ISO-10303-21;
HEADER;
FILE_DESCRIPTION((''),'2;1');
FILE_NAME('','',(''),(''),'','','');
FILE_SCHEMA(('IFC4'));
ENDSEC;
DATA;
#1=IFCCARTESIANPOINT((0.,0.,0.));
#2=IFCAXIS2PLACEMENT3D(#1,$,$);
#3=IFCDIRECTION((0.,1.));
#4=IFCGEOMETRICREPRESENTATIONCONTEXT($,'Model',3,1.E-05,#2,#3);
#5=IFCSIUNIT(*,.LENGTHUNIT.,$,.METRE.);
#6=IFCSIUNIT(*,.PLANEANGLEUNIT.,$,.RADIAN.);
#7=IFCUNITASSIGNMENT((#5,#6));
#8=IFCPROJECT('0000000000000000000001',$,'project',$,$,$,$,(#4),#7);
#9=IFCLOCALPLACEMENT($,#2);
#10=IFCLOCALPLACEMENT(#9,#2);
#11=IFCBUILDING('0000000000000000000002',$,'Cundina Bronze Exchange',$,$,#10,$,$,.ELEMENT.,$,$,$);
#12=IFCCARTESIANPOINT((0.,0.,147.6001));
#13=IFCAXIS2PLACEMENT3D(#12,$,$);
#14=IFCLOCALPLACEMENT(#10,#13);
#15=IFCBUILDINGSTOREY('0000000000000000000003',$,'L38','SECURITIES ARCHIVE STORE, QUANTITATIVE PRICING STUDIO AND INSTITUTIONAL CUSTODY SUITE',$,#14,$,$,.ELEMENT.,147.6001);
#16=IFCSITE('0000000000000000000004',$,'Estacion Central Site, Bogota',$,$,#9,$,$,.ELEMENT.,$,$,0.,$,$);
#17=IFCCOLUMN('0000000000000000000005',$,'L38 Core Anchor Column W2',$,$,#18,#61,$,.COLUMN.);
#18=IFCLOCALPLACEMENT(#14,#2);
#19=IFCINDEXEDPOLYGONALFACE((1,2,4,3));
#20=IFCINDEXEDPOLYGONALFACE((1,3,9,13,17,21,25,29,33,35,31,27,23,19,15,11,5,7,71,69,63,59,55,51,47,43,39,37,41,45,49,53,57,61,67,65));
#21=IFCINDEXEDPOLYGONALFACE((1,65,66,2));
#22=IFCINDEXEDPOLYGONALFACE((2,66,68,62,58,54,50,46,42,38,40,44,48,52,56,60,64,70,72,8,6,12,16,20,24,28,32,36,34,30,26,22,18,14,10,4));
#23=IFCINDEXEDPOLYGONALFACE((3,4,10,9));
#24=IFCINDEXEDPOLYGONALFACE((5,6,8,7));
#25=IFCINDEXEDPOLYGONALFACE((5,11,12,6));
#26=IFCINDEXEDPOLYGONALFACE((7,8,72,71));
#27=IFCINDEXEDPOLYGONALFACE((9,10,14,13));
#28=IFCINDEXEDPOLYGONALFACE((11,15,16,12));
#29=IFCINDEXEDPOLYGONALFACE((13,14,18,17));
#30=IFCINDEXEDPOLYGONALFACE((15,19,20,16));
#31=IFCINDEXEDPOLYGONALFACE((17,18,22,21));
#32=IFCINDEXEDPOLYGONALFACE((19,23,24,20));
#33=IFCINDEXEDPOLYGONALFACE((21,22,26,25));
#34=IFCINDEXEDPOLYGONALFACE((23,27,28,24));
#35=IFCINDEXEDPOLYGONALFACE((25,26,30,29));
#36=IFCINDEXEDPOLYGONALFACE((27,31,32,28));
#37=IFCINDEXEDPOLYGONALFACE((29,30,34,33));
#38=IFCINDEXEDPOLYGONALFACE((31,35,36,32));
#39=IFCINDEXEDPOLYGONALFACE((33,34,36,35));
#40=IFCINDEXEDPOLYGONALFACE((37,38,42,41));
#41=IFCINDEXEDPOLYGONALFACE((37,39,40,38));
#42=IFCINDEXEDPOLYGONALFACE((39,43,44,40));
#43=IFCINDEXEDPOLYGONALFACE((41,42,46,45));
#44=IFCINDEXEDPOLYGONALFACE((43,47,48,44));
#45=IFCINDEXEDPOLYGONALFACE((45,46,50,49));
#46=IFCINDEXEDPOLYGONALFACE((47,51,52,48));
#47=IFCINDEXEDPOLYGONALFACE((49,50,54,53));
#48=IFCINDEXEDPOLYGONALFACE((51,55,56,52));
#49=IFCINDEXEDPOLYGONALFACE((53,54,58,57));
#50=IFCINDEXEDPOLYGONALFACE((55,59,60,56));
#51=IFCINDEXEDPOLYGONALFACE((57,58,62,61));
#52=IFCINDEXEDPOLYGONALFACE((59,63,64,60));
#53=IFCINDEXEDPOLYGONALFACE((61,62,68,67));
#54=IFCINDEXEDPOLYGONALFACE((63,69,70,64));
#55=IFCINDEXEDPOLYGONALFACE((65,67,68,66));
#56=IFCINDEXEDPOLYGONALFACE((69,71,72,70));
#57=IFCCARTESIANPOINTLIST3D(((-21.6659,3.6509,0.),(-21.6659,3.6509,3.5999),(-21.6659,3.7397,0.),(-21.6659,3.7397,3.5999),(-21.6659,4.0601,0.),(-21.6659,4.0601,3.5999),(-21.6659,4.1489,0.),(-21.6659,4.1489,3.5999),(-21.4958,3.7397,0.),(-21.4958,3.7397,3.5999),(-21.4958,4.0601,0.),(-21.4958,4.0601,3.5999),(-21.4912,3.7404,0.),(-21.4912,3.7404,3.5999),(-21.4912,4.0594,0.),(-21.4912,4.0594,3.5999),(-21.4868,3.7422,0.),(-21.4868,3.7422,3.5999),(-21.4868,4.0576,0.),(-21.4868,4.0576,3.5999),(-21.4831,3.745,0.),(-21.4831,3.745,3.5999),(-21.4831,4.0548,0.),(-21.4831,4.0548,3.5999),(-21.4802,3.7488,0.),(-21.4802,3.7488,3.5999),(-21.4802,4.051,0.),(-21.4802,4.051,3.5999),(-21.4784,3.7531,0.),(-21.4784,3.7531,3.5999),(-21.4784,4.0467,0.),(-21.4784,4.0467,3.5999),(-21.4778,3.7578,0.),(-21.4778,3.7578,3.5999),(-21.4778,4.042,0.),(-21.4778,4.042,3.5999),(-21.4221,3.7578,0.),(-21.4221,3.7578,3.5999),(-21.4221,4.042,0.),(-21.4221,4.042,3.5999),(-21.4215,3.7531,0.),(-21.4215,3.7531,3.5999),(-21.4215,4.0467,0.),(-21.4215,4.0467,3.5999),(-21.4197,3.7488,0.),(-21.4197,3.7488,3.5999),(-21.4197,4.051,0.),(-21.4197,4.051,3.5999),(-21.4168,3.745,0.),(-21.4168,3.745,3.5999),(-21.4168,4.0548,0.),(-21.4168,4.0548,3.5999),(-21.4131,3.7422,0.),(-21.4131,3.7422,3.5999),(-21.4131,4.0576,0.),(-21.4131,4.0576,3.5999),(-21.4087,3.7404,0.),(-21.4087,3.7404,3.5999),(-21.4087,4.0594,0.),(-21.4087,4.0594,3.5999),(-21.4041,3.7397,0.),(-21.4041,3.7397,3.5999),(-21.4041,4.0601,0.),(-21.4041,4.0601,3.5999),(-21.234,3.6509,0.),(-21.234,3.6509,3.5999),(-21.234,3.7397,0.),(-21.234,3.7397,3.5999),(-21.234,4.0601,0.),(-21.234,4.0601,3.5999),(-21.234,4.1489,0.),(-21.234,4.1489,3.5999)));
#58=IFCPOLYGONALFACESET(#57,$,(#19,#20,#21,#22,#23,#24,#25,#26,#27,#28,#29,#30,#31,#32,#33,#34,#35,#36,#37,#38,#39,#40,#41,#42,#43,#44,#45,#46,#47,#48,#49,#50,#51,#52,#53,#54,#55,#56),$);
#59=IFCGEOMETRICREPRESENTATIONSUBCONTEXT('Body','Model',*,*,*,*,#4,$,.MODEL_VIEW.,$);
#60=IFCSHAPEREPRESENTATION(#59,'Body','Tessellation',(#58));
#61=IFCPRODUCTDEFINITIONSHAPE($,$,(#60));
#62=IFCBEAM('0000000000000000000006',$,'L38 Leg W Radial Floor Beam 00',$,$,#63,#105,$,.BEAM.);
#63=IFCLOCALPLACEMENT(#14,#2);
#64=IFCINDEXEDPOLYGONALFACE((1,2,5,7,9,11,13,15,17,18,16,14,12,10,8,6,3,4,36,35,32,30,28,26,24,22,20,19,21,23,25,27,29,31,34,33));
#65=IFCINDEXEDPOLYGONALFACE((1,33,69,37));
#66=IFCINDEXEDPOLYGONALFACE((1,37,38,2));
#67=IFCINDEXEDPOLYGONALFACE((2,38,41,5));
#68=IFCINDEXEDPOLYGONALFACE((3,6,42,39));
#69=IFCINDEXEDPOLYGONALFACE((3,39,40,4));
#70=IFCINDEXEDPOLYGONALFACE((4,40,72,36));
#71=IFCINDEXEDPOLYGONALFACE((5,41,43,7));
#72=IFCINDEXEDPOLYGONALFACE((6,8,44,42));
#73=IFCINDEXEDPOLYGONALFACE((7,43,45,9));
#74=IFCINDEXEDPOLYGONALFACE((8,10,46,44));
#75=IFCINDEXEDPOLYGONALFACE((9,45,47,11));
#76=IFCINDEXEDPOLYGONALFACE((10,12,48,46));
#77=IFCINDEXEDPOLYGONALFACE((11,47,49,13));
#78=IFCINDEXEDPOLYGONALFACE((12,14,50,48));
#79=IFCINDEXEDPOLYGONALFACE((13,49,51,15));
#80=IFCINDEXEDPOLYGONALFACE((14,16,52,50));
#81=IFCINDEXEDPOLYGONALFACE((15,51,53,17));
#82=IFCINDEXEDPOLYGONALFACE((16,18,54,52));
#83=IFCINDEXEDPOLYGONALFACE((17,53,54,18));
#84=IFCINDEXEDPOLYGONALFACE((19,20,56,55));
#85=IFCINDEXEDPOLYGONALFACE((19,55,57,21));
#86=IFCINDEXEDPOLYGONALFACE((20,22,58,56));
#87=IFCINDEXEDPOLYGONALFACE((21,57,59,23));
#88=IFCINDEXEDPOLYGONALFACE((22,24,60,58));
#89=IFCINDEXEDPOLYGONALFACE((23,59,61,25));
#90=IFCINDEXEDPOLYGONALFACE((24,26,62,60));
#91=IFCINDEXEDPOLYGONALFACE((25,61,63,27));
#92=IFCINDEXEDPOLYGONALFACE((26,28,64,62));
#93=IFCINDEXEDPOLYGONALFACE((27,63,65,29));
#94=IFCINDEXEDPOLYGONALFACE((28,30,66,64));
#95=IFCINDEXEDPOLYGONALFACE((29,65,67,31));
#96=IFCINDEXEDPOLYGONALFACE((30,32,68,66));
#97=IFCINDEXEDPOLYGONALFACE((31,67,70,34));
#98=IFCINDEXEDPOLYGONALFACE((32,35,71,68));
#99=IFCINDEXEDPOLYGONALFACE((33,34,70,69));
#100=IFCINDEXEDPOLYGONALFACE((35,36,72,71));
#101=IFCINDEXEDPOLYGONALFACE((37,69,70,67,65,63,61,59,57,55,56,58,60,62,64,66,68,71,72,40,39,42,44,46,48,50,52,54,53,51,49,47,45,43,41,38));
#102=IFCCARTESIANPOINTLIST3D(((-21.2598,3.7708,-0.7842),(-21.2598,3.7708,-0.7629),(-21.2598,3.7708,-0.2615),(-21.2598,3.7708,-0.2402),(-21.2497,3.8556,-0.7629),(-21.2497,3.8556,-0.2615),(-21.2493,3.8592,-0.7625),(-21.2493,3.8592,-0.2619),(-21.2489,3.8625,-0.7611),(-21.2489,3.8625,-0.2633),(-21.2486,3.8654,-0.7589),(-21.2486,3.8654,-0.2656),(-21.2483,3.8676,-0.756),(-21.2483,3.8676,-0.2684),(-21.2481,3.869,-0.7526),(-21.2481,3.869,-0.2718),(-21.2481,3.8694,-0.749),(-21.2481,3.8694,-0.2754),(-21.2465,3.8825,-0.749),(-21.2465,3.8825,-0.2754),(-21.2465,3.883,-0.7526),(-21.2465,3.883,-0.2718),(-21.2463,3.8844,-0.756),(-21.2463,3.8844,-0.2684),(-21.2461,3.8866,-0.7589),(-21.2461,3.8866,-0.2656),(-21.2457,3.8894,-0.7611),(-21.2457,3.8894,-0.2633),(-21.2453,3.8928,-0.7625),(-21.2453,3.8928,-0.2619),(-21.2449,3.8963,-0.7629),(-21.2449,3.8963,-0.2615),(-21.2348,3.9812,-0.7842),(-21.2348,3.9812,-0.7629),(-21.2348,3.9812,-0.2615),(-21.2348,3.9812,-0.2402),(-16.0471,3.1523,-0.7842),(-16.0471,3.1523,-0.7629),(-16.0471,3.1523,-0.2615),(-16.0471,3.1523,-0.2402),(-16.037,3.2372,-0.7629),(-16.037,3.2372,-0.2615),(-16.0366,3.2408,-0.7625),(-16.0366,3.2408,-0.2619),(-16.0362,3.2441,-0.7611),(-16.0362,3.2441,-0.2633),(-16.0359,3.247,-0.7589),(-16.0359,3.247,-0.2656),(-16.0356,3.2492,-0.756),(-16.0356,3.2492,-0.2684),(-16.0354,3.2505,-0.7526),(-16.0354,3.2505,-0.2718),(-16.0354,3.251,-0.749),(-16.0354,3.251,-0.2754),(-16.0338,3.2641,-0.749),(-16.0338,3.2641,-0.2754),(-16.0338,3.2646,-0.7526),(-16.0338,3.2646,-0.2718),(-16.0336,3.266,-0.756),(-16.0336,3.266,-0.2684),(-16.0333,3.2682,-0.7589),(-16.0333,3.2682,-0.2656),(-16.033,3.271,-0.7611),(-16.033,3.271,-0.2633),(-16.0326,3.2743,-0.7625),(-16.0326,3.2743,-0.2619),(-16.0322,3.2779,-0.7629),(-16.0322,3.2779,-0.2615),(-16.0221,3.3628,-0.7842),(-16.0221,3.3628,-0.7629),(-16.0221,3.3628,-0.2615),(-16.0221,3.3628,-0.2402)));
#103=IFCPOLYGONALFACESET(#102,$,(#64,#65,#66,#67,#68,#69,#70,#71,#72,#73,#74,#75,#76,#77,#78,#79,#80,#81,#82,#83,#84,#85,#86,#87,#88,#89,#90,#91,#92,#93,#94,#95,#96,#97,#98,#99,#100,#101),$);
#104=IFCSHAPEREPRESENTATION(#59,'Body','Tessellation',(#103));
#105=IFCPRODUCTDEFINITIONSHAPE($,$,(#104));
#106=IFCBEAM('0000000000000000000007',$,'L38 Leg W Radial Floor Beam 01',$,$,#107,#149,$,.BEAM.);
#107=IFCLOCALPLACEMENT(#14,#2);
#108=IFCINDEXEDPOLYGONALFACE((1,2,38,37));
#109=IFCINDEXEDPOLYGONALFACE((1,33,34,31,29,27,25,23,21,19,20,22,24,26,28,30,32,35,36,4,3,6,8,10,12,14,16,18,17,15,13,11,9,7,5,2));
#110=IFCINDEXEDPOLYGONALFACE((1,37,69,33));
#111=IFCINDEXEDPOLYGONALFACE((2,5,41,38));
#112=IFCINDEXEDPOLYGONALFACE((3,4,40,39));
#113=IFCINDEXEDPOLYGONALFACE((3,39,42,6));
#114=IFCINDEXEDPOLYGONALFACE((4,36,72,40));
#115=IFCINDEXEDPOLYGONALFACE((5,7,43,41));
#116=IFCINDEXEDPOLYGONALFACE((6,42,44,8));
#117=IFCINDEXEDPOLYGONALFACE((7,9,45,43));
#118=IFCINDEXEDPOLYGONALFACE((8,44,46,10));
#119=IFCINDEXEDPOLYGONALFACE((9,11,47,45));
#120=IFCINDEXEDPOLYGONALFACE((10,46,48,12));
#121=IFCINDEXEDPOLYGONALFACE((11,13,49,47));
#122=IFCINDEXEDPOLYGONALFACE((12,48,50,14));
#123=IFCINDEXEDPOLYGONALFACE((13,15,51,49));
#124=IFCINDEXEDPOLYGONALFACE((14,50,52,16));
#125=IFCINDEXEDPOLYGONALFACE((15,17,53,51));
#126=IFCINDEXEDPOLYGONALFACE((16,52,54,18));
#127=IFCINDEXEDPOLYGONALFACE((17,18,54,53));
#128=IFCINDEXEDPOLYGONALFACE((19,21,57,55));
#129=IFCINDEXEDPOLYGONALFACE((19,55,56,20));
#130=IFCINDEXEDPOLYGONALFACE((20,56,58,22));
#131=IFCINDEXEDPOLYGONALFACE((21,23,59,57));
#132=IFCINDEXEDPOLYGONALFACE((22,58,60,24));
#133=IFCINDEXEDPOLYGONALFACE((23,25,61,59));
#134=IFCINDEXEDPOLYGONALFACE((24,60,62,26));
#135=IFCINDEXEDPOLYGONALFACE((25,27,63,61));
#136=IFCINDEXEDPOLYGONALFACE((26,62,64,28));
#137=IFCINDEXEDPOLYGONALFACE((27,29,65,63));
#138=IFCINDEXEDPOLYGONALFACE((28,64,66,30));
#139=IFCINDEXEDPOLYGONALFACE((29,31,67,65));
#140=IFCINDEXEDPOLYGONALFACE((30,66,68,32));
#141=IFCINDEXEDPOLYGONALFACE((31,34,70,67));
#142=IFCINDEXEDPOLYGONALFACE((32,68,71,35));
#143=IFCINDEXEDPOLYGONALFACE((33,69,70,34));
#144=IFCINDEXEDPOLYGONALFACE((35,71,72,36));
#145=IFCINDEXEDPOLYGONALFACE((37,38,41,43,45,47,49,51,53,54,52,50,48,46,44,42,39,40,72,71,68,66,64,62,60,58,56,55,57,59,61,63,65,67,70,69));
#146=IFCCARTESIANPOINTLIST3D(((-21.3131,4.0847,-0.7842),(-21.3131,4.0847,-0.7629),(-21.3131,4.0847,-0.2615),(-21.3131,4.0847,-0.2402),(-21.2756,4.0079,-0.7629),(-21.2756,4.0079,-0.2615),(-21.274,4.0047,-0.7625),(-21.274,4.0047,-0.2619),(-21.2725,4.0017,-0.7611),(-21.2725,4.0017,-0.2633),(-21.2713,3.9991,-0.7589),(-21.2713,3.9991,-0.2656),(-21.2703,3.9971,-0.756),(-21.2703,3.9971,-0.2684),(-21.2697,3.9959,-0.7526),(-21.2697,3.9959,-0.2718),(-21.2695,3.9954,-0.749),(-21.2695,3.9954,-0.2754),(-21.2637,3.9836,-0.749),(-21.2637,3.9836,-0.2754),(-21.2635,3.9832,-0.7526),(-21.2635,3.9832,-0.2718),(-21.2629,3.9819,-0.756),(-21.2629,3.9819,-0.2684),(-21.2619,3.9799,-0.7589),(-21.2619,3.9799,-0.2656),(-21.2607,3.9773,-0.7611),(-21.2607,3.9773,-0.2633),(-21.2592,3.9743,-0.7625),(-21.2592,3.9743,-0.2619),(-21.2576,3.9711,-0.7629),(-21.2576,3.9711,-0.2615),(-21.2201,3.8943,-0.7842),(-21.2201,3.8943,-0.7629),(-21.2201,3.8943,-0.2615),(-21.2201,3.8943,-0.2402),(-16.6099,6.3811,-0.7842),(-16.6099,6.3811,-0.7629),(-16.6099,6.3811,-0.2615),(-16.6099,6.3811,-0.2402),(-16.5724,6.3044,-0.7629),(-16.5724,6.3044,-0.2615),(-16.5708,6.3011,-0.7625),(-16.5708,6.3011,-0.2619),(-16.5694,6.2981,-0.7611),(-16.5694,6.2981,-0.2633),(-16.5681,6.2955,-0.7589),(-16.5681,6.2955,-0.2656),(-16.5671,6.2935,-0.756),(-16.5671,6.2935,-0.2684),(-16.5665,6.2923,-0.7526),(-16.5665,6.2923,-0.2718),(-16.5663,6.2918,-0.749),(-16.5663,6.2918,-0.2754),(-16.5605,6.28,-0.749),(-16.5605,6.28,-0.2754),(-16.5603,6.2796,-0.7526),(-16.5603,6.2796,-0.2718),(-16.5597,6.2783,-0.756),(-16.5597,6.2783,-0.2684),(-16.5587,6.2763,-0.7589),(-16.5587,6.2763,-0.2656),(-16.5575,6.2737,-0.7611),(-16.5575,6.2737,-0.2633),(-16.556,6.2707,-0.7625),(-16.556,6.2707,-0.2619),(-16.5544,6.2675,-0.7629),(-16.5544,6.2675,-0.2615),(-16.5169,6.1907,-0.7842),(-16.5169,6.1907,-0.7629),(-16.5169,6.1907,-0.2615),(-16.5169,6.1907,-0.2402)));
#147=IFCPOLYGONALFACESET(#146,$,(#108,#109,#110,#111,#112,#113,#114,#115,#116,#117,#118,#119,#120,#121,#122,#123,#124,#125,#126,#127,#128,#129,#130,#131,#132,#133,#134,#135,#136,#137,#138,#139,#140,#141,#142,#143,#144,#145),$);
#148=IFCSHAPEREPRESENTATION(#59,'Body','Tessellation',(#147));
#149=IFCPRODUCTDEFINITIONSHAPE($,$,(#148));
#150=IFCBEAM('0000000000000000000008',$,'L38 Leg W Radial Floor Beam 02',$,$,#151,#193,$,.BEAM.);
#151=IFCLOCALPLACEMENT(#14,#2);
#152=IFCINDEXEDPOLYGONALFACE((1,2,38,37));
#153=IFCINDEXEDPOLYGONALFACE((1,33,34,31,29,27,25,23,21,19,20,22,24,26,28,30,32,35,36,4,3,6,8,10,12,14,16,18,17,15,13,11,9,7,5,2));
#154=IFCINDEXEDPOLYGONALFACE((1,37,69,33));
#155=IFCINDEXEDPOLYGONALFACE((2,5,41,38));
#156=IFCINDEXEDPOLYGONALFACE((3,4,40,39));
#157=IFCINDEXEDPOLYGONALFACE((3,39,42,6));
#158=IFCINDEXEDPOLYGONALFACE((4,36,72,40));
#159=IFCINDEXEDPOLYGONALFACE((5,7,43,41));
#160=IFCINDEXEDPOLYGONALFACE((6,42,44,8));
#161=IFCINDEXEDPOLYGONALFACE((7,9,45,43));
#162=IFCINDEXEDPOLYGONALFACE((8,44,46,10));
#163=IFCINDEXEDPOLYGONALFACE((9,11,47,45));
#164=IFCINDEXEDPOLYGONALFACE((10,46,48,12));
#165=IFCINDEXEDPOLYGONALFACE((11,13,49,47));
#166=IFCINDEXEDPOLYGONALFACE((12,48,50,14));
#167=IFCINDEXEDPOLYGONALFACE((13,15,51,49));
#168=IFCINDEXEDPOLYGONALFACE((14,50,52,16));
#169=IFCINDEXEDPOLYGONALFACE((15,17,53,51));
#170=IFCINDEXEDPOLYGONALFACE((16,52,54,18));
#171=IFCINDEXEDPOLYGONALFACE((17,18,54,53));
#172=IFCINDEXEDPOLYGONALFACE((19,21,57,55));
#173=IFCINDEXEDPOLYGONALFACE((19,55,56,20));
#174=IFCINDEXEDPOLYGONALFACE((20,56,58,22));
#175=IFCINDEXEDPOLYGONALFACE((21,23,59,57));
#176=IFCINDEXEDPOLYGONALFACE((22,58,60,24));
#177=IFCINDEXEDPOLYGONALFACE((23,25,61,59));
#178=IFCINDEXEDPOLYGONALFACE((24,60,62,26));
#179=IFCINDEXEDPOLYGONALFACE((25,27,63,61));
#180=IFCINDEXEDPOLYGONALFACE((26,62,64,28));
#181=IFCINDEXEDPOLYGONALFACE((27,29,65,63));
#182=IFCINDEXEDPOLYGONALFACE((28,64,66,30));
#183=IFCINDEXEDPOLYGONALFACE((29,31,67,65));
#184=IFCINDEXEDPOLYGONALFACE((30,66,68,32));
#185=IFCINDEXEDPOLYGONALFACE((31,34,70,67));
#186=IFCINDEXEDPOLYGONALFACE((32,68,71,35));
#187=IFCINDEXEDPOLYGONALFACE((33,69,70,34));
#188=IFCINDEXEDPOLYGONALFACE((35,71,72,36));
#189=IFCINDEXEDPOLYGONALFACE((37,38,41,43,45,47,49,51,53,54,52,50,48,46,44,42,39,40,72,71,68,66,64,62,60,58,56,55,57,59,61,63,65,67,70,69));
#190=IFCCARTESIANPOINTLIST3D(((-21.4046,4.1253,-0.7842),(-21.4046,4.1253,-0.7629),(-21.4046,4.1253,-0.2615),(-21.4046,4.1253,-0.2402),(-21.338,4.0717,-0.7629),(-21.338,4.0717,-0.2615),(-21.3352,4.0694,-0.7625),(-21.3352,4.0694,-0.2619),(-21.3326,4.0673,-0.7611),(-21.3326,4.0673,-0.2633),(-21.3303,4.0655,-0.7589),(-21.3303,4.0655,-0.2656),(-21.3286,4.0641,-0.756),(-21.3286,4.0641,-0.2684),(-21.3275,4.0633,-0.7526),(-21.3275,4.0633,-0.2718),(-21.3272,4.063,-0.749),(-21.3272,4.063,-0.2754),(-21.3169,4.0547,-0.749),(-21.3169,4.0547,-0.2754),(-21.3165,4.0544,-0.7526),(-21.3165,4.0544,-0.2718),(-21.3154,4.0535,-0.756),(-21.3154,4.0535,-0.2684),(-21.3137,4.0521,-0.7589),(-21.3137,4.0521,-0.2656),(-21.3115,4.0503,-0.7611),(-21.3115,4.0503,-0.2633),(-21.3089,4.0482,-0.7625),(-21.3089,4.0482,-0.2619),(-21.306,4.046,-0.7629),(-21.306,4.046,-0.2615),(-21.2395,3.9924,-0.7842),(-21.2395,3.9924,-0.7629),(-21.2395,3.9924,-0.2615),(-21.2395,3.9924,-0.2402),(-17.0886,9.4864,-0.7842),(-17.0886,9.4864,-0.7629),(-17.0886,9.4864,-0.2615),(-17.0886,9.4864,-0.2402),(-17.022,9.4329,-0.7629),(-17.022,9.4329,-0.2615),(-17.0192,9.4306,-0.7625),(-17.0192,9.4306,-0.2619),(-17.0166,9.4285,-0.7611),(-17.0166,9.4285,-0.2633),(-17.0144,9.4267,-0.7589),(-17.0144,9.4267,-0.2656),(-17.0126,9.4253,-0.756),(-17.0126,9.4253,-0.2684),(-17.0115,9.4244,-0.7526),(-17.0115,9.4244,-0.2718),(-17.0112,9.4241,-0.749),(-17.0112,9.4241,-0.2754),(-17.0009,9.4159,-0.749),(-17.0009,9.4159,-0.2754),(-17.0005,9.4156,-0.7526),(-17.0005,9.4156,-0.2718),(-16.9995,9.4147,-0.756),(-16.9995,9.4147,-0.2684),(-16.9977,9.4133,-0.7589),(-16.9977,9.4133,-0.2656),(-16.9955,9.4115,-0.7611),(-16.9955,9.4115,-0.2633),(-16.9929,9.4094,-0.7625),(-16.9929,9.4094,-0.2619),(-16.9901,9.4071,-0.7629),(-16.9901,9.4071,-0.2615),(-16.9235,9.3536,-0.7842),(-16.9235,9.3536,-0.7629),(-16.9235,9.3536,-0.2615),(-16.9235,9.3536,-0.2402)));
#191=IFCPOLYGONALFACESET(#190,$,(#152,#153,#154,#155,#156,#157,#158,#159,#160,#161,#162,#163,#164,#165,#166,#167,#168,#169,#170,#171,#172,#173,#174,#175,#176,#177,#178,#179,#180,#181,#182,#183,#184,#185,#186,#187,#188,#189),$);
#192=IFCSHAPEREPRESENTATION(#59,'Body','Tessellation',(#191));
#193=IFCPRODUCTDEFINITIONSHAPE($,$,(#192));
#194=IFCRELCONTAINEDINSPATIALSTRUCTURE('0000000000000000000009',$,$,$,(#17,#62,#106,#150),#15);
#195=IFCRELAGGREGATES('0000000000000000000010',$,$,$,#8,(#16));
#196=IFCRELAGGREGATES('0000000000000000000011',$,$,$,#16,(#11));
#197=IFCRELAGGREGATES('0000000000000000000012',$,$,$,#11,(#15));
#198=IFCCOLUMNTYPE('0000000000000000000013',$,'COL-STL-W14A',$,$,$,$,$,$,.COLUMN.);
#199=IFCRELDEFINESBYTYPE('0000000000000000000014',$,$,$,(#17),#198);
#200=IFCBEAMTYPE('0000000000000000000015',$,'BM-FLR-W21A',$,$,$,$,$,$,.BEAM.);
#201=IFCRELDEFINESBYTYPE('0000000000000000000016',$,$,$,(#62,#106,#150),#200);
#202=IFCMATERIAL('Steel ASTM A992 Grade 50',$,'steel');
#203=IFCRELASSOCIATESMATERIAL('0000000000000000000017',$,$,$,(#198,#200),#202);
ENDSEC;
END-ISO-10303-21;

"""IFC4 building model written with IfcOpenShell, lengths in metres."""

from ifc_helpers import new_model, si_unit, direction, frame, origin, origin_2d, place, context, subcontext, project, spatial, i_section, extrude, material, material_profile, profile_set, type_object, element, save


model = new_model("IFC4")

# Units and contexts
model_context = context("Model", 3, precision=1e-05, world=origin(), true_north=direction((0.0, 1.0)))
body_context = subcontext(model_context, "Body", "Model", "MODEL_VIEW")
ifc_project = project(units=[si_unit("LENGTHUNIT", "METRE"), si_unit("PLANEANGLEUNIT", "RADIAN")], contexts=[model_context])

# Site, building, storey
site_placement = place(None, origin())
site = spatial("IfcSite", under=ifc_project, at=site_placement, Name="Estacion Central Site, Bogota", CompositionType="ELEMENT", RefElevation=0.0)
building_placement = place(site_placement, origin())
building = spatial("IfcBuilding", under=site, at=building_placement, Name="Cundina Bronze Exchange", CompositionType="ELEMENT")
storey_placement = place(building_placement, frame((0.0, 0.0, 147.6001)))
storey = spatial("IfcBuildingStorey", under=building, at=storey_placement, Name="L38", Description="SECURITIES ARCHIVE STORE, QUANTITATIVE PRICING STUDIO AND INSTITUTIONAL CUSTODY SUITE", CompositionType="ELEMENT", Elevation=147.6001)

# Column
ifc_material_1 = material(Name="Steel ASTM A992 Grade 50", Category="steel")
ifc_material_profile_1 = material_profile(ifc_material_1, i_section(OverallWidth=0.4319, OverallDepth=0.498, WebThickness=0.0557, FlangeThickness=0.0889, FilletRadius=0.0181, at=origin_2d()), Name="W14X500", Category="steel")
ifc_profile_set_1 = profile_set([ifc_material_profile_1], Name="Steel ASTM A992 Grade 50")
column_type = type_object("IfcColumnType", Name="COL-STL-W14A", PredefinedType="COLUMN", material=ifc_profile_set_1)
column_placement = place(storey_placement, frame((-21.45, 3.8999, 0.0), z_axis=(0.0, 0.0, 1.0), x_axis=(1.0, 0.0, 0.0)))
element("IfcColumn", 1, at=column_placement, inside=storey, type_object=column_type, Name="L38 Core Anchor Column W2", PredefinedType="COLUMN", context=body_context, shape_type="SweptSolid", body=[
    extrude(i_section(OverallWidth=0.4319, OverallDepth=0.498, WebThickness=0.0557, FlangeThickness=0.0889, FilletRadius=0.0181, at=origin_2d()), origin(), (0.0, 0.0, 1.0), 3.5999),
])

# Beams
ifc_material_profile_2 = material_profile(ifc_material_1, i_section(OverallWidth=0.2119, OverallDepth=0.5439, WebThickness=0.0132, FlangeThickness=0.0212, FilletRadius=0.0139, at=origin_2d()), Name="W21X83", Category="steel")
ifc_profile_set_2 = profile_set([ifc_material_profile_2], Name="Steel ASTM A992 Grade 50")
beam_type_1 = type_object("IfcBeamType", Name="BM-FLR-W21A", PredefinedType="BEAM", material=ifc_profile_set_2)
beam_1_placement = place(storey_placement, frame((-21.2473, 3.876, -0.5122), z_axis=(0.993036, -0.11781, 0.0), x_axis=(0.11781, 0.993036, 0.0)))
element("IfcBeam", 2, at=beam_1_placement, inside=storey, type_object=beam_type_1, Name="L38 Leg W Radial Floor Beam 00", PredefinedType="BEAM", context=body_context, shape_type="SweptSolid", body=[
    extrude(i_section(OverallWidth=0.2119, OverallDepth=0.5439, WebThickness=0.0132, FlangeThickness=0.0212, FilletRadius=0.0139, at=origin_2d()), origin(), (0.0, 0.0, 1.0), 5.2493),
])
beam_2_placement = place(storey_placement, frame((-21.2666, 3.9895, -0.5122), z_axis=(0.898604, 0.43876, 0.0), x_axis=(-0.43876, 0.898604, 0.0)))
element("IfcBeam", 3, at=beam_2_placement, inside=storey, type_object=beam_type_1, Name="L38 Leg W Radial Floor Beam 01", PredefinedType="BEAM", context=body_context, shape_type="SweptSolid", body=[
    extrude(i_section(OverallWidth=0.2119, OverallDepth=0.5439, WebThickness=0.0132, FlangeThickness=0.0212, FilletRadius=0.0139, at=origin_2d()), origin(), (0.0, 0.0, 1.0), 5.2339),
])
beam_3_placement = place(storey_placement, frame((-21.322, 4.0588, -0.5122), z_axis=(0.627089, 0.778948, 0.0), x_axis=(-0.778948, 0.627089, 0.0)))
element("IfcBeam", 4, at=beam_3_placement, inside=storey, type_object=beam_type_1, Name="L38 Leg W Radial Floor Beam 02", PredefinedType="BEAM", context=body_context, shape_type="SweptSolid", body=[
    extrude(i_section(OverallWidth=0.2119, OverallDepth=0.5439, WebThickness=0.0132, FlangeThickness=0.0212, FilletRadius=0.0139, at=origin_2d()), origin(), (0.0, 0.0, 1.0), 6.8826),
])

save(model, "model.ifc")
